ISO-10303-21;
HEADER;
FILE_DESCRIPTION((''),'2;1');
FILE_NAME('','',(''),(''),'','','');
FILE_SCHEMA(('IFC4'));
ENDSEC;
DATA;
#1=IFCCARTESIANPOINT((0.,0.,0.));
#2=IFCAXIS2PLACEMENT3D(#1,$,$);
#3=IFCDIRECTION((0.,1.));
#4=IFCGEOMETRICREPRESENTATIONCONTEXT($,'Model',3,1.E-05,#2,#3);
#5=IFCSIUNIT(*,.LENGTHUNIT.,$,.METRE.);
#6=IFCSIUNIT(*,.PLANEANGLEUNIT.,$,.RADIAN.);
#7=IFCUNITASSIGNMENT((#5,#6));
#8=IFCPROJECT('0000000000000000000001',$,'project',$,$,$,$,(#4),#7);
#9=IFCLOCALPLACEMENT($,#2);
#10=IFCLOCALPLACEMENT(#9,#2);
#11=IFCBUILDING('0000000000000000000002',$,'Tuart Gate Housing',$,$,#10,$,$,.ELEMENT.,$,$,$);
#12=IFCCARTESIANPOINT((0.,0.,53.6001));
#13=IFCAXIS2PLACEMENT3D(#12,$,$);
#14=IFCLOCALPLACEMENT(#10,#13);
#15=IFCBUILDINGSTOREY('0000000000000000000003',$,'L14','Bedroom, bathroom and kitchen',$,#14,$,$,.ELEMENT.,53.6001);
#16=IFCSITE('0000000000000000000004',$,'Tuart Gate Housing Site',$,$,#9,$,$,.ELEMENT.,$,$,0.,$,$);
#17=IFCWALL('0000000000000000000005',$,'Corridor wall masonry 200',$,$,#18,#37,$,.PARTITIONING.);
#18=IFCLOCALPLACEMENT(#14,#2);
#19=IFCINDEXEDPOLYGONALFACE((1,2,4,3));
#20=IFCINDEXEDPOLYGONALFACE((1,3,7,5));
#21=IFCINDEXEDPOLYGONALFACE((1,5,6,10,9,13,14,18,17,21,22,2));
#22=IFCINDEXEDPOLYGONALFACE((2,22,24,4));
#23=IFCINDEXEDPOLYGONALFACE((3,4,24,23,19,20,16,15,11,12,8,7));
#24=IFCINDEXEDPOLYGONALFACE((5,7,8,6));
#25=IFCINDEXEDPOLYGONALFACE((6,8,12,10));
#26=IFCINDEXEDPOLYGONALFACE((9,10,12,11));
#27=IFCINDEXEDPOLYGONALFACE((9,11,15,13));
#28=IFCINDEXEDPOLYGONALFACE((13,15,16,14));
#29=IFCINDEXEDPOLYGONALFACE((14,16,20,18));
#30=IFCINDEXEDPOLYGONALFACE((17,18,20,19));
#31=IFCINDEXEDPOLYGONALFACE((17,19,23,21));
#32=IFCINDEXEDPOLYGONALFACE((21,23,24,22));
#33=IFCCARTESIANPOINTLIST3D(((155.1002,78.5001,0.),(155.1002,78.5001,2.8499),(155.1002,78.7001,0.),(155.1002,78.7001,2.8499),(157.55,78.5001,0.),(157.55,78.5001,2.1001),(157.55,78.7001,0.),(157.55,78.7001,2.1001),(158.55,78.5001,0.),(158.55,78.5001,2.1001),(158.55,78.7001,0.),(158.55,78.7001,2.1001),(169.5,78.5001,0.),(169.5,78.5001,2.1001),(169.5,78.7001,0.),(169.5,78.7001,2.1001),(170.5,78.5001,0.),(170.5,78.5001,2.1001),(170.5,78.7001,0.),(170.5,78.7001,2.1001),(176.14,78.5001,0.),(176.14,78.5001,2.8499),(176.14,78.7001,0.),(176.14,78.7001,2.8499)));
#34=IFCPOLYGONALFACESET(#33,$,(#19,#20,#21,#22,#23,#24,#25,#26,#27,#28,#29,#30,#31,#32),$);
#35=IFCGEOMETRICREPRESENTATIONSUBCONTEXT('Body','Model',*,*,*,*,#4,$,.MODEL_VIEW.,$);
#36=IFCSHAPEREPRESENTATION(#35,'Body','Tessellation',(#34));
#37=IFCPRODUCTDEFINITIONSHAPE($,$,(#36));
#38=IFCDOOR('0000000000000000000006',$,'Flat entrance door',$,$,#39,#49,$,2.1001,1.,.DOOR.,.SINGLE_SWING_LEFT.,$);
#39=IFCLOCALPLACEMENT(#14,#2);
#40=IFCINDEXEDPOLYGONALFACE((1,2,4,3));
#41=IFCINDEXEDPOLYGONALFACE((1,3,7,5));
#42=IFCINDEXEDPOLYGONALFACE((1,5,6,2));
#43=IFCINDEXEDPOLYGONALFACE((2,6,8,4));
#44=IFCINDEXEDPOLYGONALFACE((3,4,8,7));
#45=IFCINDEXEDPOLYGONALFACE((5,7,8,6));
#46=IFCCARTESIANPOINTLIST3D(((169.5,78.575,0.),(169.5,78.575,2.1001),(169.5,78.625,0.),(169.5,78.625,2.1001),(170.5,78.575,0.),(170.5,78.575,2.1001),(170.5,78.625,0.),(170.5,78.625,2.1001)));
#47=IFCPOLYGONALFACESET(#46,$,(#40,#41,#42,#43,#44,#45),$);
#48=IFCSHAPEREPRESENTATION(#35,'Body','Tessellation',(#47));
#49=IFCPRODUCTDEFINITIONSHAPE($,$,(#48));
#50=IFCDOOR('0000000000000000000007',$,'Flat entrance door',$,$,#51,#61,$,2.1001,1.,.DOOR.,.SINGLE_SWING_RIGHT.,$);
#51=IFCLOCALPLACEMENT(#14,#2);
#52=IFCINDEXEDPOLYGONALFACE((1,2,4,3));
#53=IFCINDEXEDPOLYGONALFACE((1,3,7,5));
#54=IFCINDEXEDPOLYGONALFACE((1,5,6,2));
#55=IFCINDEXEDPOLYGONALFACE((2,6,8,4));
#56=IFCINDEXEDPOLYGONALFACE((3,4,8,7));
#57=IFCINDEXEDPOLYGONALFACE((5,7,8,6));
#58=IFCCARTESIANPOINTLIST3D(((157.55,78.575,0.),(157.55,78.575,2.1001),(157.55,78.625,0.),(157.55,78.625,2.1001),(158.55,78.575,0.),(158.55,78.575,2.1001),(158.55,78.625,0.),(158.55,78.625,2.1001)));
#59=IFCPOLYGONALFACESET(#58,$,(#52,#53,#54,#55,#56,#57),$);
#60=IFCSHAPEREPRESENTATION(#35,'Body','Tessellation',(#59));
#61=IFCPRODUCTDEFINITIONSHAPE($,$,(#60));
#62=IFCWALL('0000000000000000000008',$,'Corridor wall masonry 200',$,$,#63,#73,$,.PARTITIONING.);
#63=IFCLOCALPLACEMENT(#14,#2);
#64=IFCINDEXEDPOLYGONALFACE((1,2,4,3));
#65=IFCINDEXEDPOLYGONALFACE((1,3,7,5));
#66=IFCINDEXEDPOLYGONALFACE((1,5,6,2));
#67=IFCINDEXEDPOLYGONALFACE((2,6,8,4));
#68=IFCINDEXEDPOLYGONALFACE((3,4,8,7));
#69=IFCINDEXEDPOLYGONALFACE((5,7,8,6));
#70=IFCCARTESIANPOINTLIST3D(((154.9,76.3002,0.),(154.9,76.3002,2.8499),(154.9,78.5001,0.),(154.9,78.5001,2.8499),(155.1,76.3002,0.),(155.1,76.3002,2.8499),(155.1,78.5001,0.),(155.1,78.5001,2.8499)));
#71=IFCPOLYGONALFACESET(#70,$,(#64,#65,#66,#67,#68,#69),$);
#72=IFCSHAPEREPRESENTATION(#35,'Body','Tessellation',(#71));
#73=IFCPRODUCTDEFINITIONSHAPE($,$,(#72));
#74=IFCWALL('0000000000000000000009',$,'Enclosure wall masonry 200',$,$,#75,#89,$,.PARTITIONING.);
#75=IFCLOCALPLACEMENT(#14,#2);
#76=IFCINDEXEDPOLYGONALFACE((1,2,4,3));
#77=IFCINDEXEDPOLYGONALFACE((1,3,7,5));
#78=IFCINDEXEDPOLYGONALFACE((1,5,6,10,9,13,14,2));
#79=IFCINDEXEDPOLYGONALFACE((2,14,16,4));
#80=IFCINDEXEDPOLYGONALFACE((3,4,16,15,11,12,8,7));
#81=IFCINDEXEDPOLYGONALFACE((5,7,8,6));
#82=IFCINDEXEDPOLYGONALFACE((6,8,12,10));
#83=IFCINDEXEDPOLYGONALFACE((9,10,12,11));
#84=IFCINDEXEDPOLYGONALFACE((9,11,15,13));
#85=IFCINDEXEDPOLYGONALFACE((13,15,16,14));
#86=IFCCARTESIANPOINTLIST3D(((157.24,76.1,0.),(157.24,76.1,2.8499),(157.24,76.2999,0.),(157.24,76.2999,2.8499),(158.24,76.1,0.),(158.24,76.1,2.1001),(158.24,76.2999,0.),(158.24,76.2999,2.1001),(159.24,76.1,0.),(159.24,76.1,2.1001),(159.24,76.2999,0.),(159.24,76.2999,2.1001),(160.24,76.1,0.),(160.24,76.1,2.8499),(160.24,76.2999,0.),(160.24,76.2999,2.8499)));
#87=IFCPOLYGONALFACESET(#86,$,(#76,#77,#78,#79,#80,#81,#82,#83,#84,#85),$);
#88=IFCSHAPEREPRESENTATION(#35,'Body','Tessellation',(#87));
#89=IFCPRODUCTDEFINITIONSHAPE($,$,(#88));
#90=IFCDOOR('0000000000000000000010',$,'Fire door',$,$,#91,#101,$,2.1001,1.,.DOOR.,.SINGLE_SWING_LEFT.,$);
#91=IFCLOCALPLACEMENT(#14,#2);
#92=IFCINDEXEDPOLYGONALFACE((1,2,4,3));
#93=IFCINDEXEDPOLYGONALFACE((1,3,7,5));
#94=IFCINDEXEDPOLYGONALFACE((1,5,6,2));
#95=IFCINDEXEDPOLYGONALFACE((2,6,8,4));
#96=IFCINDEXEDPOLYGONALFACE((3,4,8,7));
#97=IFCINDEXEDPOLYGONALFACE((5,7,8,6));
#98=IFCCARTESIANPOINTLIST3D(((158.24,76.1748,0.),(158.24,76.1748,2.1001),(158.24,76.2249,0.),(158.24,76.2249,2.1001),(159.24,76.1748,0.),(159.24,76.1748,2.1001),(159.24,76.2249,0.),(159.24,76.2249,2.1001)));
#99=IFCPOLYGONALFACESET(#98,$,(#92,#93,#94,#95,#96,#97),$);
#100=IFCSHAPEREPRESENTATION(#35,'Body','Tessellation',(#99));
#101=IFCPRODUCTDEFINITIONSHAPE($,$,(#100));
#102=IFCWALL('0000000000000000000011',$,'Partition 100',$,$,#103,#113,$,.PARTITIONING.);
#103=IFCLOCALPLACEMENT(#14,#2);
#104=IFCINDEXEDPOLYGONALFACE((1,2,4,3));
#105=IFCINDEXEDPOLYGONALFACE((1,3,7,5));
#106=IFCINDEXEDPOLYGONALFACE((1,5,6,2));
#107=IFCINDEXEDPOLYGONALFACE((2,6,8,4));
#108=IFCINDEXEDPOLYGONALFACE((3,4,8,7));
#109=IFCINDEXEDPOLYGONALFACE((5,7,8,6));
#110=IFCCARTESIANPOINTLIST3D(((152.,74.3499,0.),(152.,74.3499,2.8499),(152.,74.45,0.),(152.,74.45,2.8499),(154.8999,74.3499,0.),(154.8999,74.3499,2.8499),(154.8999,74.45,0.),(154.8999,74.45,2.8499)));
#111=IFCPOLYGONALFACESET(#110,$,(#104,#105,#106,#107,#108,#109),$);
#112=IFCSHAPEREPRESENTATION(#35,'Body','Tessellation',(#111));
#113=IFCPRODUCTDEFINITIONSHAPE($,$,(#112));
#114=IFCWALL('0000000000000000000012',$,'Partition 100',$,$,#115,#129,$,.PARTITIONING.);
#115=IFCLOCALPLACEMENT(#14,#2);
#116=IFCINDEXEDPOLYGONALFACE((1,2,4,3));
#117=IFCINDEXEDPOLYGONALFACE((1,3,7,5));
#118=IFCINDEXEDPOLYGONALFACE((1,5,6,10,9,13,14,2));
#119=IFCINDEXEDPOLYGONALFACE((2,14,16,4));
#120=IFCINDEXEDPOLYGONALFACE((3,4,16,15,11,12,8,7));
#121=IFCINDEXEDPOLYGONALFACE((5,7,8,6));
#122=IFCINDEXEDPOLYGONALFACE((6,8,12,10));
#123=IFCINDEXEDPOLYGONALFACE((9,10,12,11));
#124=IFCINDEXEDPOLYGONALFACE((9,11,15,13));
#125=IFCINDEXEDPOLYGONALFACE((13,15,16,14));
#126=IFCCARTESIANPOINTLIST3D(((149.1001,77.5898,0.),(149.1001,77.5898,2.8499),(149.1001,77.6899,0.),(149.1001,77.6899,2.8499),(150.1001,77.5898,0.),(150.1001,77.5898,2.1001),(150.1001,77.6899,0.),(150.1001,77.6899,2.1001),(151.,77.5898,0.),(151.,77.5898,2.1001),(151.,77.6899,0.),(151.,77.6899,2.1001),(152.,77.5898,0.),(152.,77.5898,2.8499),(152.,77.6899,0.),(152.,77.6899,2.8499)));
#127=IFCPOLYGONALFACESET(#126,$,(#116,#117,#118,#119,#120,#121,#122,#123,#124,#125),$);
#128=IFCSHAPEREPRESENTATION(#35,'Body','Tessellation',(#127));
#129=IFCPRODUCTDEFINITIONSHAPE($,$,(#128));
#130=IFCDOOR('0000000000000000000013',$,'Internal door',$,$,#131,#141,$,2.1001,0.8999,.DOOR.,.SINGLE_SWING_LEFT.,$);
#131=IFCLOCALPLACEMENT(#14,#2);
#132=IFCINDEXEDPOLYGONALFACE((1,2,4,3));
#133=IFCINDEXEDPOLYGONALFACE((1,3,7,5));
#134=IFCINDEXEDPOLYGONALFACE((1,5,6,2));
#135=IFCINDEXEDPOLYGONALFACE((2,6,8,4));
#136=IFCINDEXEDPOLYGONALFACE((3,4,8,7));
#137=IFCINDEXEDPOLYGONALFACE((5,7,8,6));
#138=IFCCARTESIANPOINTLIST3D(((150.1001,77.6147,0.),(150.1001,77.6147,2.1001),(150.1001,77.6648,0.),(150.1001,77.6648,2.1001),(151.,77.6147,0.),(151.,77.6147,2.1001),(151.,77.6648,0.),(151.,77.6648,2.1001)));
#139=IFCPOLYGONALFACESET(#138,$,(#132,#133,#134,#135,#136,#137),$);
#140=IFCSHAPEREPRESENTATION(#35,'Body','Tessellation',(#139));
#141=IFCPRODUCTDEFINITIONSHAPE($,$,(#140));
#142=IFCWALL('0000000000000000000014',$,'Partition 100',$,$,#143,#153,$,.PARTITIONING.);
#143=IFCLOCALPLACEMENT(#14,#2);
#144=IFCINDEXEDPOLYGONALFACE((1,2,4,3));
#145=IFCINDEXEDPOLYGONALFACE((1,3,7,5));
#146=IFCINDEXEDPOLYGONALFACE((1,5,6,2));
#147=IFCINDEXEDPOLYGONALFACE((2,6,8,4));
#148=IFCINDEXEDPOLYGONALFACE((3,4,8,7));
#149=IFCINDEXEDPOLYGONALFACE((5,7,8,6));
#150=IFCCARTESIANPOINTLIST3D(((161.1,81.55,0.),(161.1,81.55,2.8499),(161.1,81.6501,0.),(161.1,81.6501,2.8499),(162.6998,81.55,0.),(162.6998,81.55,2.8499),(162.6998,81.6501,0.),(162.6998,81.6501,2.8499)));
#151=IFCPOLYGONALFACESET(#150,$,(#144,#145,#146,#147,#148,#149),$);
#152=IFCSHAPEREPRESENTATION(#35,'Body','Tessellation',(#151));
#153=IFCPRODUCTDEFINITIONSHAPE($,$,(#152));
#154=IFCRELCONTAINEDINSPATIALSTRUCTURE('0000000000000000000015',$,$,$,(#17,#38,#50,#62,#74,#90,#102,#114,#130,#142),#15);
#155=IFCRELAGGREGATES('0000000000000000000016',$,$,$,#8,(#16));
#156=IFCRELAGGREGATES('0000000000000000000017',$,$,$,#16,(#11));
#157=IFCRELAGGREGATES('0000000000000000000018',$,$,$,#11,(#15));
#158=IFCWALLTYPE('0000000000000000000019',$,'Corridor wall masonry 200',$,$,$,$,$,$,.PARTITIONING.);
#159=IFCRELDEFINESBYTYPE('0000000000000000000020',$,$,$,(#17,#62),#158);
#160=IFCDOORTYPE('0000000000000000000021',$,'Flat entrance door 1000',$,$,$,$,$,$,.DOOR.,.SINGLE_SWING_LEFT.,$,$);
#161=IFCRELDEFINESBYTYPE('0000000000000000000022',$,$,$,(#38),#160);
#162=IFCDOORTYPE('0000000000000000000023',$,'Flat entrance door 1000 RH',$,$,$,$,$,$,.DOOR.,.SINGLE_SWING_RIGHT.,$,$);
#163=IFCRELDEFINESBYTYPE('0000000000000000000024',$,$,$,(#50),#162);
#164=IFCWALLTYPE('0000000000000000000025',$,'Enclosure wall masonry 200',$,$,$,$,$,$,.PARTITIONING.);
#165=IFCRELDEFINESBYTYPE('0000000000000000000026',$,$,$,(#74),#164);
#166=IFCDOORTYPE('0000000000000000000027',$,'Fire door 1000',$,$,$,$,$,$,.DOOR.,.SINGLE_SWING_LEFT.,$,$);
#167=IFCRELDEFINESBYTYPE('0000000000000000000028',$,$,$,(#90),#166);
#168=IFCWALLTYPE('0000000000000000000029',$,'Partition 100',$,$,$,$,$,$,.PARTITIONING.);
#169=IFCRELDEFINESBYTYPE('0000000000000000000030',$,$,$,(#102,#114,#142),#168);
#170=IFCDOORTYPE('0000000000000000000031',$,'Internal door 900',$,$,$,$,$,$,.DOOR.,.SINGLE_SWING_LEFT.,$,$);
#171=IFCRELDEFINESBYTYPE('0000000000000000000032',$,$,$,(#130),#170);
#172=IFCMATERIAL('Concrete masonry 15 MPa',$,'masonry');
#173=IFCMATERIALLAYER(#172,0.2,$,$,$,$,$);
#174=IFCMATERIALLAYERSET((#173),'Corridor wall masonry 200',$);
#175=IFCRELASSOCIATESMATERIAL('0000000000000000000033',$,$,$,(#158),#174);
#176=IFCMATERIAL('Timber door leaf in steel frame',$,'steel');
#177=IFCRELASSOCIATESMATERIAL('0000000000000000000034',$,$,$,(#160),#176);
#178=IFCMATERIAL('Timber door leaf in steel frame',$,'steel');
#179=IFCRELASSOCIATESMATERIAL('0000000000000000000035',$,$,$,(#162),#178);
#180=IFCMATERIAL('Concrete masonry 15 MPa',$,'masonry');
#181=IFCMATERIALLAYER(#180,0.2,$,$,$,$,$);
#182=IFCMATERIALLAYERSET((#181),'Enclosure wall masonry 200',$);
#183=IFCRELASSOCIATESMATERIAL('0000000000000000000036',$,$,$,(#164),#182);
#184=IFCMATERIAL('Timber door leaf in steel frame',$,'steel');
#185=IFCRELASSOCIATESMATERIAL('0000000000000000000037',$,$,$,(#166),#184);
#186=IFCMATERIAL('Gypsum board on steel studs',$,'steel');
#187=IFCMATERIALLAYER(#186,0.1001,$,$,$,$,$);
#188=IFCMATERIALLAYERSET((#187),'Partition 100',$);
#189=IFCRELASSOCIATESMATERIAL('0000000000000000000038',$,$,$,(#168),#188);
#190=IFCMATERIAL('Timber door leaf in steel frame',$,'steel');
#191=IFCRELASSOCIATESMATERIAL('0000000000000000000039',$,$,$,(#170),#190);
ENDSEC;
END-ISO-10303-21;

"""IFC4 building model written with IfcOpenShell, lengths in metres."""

from ifc_helpers import new_model, si_unit, direction, frame, frame_2d, origin, place, context, subcontext, project, spatial, rectangle, extrude, material, layer, layer_set, type_object, element, fill, save


model = new_model("IFC4")

# Units and contexts
model_context = context("Model", 3, precision=1e-05, world=origin(), true_north=direction((0.0, 1.0)))
body_context = subcontext(model_context, "Body", "Model", "MODEL_VIEW")
ifc_project = project(units=[si_unit("LENGTHUNIT", "METRE"), si_unit("PLANEANGLEUNIT", "RADIAN")], contexts=[model_context])

# Site, building, storey
site_placement = place(None, origin())
site = spatial("IfcSite", under=ifc_project, at=site_placement, Name="Tuart Gate Housing Site", CompositionType="ELEMENT", RefElevation=0.0)
building_placement = place(site_placement, origin())
building = spatial("IfcBuilding", under=site, at=building_placement, Name="Tuart Gate Housing", CompositionType="ELEMENT")
storey_placement = place(building_placement, frame((0.0, 0.0, 53.6001)))
storey = spatial("IfcBuildingStorey", under=building, at=storey_placement, Name="L14", Description="Bedroom, bathroom and kitchen", CompositionType="ELEMENT", Elevation=53.6001)

# Shared definitions
ifc_material_1 = material(Name="Concrete masonry 15 MPa", Category="masonry")
ifc_layer_1 = layer(ifc_material_1, 0.2)
ifc_layer_set_1 = layer_set([ifc_layer_1], Name="Corridor wall masonry 200")
wall_type_1 = type_object("IfcWallType", Name="Corridor wall masonry 200", PredefinedType="PARTITIONING", material=ifc_layer_set_1)

# Wall, openings, doors
wall_1_placement = place(storey_placement, frame((155.1001, 78.6001, 0.0), z_axis=(0.0, 0.0, 1.0), x_axis=(1.0, 0.0, 0.0)))
wall_1 = element("IfcWall", 1, at=wall_1_placement, inside=storey, type_object=wall_type_1, Name="Corridor wall masonry 200", PredefinedType="PARTITIONING", context=body_context, shape_type="SweptSolid", body=[
    extrude(rectangle(XDim=21.0398, YDim=0.2, at=frame_2d((10.52, 0.0))), origin(), (0.0, 0.0, 1.0), 2.8499),
])
opening_1_placement = place(wall_1_placement, frame((2.45, 0.0, 0.0)))
opening_1 = element("IfcOpeningElement", 2, at=opening_1_placement, cuts=wall_1, PredefinedType="OPENING", context=body_context, shape_type="SweptSolid", body=[
    extrude(rectangle(XDim=1.0, YDim=2.1001, at=frame_2d((0.5, 1.05))), frame((0.0, 0.1099, 0.0), z_axis=(0.0, -1.0, 0.0), x_axis=(1.0, 0.0, 0.0)), (0.0, 0.0, 1.0), 0.22),
])
opening_2_placement = place(wall_1_placement, frame((14.3999, 0.0, 0.0)))
opening_2 = element("IfcOpeningElement", 3, at=opening_2_placement, cuts=wall_1, PredefinedType="OPENING", context=body_context, shape_type="SweptSolid", body=[
    extrude(rectangle(XDim=1.0, YDim=2.1001, at=frame_2d((0.5, 1.05))), frame((0.0, 0.1099, 0.0), z_axis=(0.0, -1.0, 0.0), x_axis=(1.0, 0.0, 0.0)), (0.0, 0.0, 1.0), 0.22),
])
ifc_material_2 = material(Name="Timber door leaf in steel frame", Category="steel")
door_type_1 = type_object("IfcDoorType", Name="Flat entrance door 1000", OperationType="SINGLE_SWING_LEFT", PredefinedType="DOOR", material=ifc_material_2)
door_1_placement = place(opening_2_placement, origin())
door_1 = element("IfcDoor", 4, at=door_1_placement, inside=storey, type_object=door_type_1, Name="Flat entrance door", OperationType="SINGLE_SWING_LEFT", OverallHeight=2.1001, OverallWidth=1.0, PredefinedType="DOOR", context=body_context, shape_type="SweptSolid", body=[
    extrude(rectangle(XDim=1.0, YDim=2.1001, at=frame_2d((0.5, 1.05))), frame((0.0, 0.0249, 0.0), z_axis=(0.0, -1.0, 0.0), x_axis=(1.0, 0.0, 0.0)), (0.0, 0.0, 1.0), 0.05),
])
fill(opening_2, door_1)
ifc_material_3 = material(Name="Timber door leaf in steel frame", Category="steel")
door_type_2 = type_object("IfcDoorType", Name="Flat entrance door 1000 RH", OperationType="SINGLE_SWING_RIGHT", PredefinedType="DOOR", material=ifc_material_3)
door_2_placement = place(opening_1_placement, origin())
door_2 = element("IfcDoor", 5, at=door_2_placement, inside=storey, type_object=door_type_2, Name="Flat entrance door", OperationType="SINGLE_SWING_RIGHT", OverallHeight=2.1001, OverallWidth=1.0, PredefinedType="DOOR", context=body_context, shape_type="SweptSolid", body=[
    extrude(rectangle(XDim=1.0, YDim=2.1001, at=frame_2d((0.5, 1.05))), frame((0.0, 0.0249, 0.0), z_axis=(0.0, -1.0, 0.0), x_axis=(1.0, 0.0, 0.0)), (0.0, 0.0, 1.0), 0.05),
])
fill(opening_1, door_2)

# Wall
wall_2_placement = place(storey_placement, frame((155.0, 76.3, 0.0), z_axis=(0.0, 0.0, 1.0), x_axis=(0.0, 1.0, 0.0)))
element("IfcWall", 6, at=wall_2_placement, inside=storey, type_object=wall_type_1, Name="Corridor wall masonry 200", PredefinedType="PARTITIONING", context=body_context, shape_type="SweptSolid", body=[
    extrude(rectangle(XDim=2.2, YDim=0.2, at=frame_2d((1.1001, 0.0))), origin(), (0.0, 0.0, 1.0), 2.8499),
])

# Wall, opening, door
ifc_material_4 = material(Name="Concrete masonry 15 MPa", Category="masonry")
ifc_layer_2 = layer(ifc_material_4, 0.2)
ifc_layer_set_2 = layer_set([ifc_layer_2], Name="Enclosure wall masonry 200")
wall_type_2 = type_object("IfcWallType", Name="Enclosure wall masonry 200", PredefinedType="PARTITIONING", material=ifc_layer_set_2)
wall_3_placement = place(storey_placement, frame((157.24, 76.2, 0.0), z_axis=(0.0, 0.0, 1.0), x_axis=(1.0, 0.0, 0.0)))
wall_3 = element("IfcWall", 7, at=wall_3_placement, inside=storey, type_object=wall_type_2, Name="Enclosure wall masonry 200", PredefinedType="PARTITIONING", context=body_context, shape_type="SweptSolid", body=[
    extrude(rectangle(XDim=3.0, YDim=0.2, at=frame_2d((1.5, 0.0))), origin(), (0.0, 0.0, 1.0), 2.8499),
])
opening_3_placement = place(wall_3_placement, frame((1.0, 0.0, 0.0)))
opening_3 = element("IfcOpeningElement", 8, at=opening_3_placement, cuts=wall_3, PredefinedType="OPENING", context=body_context, shape_type="SweptSolid", body=[
    extrude(rectangle(XDim=1.0, YDim=2.1001, at=frame_2d((0.5, 1.05))), frame((0.0, 0.1099, 0.0), z_axis=(0.0, -1.0, 0.0), x_axis=(1.0, 0.0, 0.0)), (0.0, 0.0, 1.0), 0.22),
])
ifc_material_5 = material(Name="Timber door leaf in steel frame", Category="steel")
door_type_3 = type_object("IfcDoorType", Name="Fire door 1000", OperationType="SINGLE_SWING_LEFT", PredefinedType="DOOR", material=ifc_material_5)
door_3_placement = place(opening_3_placement, origin())
door_3 = element("IfcDoor", 9, at=door_3_placement, inside=storey, type_object=door_type_3, Name="Fire door", OperationType="SINGLE_SWING_LEFT", OverallHeight=2.1001, OverallWidth=1.0, PredefinedType="DOOR", context=body_context, shape_type="SweptSolid", body=[
    extrude(rectangle(XDim=1.0, YDim=2.1001, at=frame_2d((0.5, 1.05))), frame((0.0, 0.0249, 0.0), z_axis=(0.0, -1.0, 0.0), x_axis=(1.0, 0.0, 0.0)), (0.0, 0.0, 1.0), 0.05),
])
fill(opening_3, door_3)

# Wall
ifc_material_6 = material(Name="Gypsum board on steel studs", Category="steel")
ifc_layer_3 = layer(ifc_material_6, 0.1001)
ifc_layer_set_3 = layer_set([ifc_layer_3], Name="Partition 100")
wall_type_3 = type_object("IfcWallType", Name="Partition 100", PredefinedType="PARTITIONING", material=ifc_layer_set_3)
wall_4_placement = place(storey_placement, frame((152.0, 74.3999, 0.0), z_axis=(0.0, 0.0, 1.0), x_axis=(1.0, 0.0, 0.0)))
element("IfcWall", 10, at=wall_4_placement, inside=storey, type_object=wall_type_3, Name="Partition 100", PredefinedType="PARTITIONING", context=body_context, shape_type="SweptSolid", body=[
    extrude(rectangle(XDim=2.8999, YDim=0.1001, at=frame_2d((1.45, 0.0))), origin(), (0.0, 0.0, 1.0), 2.8499),
])

# Wall, opening, door
wall_5_placement = place(storey_placement, frame((149.1001, 77.6399, 0.0), z_axis=(0.0, 0.0, 1.0), x_axis=(1.0, 0.0, 0.0)))
wall_5 = element("IfcWall", 11, at=wall_5_placement, inside=storey, type_object=wall_type_3, Name="Partition 100", PredefinedType="PARTITIONING", context=body_context, shape_type="SweptSolid", body=[
    extrude(rectangle(XDim=2.8999, YDim=0.1001, at=frame_2d((1.45, 0.0))), origin(), (0.0, 0.0, 1.0), 2.8499),
])
opening_4_placement = place(wall_5_placement, frame((1.0, 0.0, 0.0)))
opening_4 = element("IfcOpeningElement", 12, at=opening_4_placement, cuts=wall_5, PredefinedType="OPENING", context=body_context, shape_type="SweptSolid", body=[
    extrude(rectangle(XDim=0.8999, YDim=2.1001, at=frame_2d((0.45, 1.05))), frame((0.0, 0.0601, 0.0), z_axis=(0.0, -1.0, 0.0), x_axis=(1.0, 0.0, 0.0)), (0.0, 0.0, 1.0), 0.1201),
])
ifc_material_7 = material(Name="Timber door leaf in steel frame", Category="steel")
door_type_4 = type_object("IfcDoorType", Name="Internal door 900", OperationType="SINGLE_SWING_LEFT", PredefinedType="DOOR", material=ifc_material_7)
door_4_placement = place(opening_4_placement, frame((0.8999, 0.0, 0.0), z_axis=(0.0, 0.0, 1.0), x_axis=(-1.0, 0.0, 0.0)))
door_4 = element("IfcDoor", 13, at=door_4_placement, inside=storey, type_object=door_type_4, Name="Internal door", OperationType="SINGLE_SWING_LEFT", OverallHeight=2.1001, OverallWidth=0.8999, PredefinedType="DOOR", context=body_context, shape_type="SweptSolid", body=[
    extrude(rectangle(XDim=0.8999, YDim=2.1001, at=frame_2d((0.45, 1.05))), frame((0.0, 0.0251, 0.0), z_axis=(0.0, -1.0, 0.0), x_axis=(1.0, 0.0, 0.0)), (0.0, 0.0, 1.0), 0.05),
])
fill(opening_4, door_4)

# Wall
wall_6_placement = place(storey_placement, frame((161.1001, 81.6001, 0.0), z_axis=(0.0, 0.0, 1.0), x_axis=(1.0, 0.0, 0.0)))
element("IfcWall", 14, at=wall_6_placement, inside=storey, type_object=wall_type_3, Name="Partition 100", PredefinedType="PARTITIONING", context=body_context, shape_type="SweptSolid", body=[
    extrude(rectangle(XDim=1.5999, YDim=0.1001, at=frame_2d((0.7998, 0.0))), origin(), (0.0, 0.0, 1.0), 2.8499),
])

save(model, "model.ifc")
